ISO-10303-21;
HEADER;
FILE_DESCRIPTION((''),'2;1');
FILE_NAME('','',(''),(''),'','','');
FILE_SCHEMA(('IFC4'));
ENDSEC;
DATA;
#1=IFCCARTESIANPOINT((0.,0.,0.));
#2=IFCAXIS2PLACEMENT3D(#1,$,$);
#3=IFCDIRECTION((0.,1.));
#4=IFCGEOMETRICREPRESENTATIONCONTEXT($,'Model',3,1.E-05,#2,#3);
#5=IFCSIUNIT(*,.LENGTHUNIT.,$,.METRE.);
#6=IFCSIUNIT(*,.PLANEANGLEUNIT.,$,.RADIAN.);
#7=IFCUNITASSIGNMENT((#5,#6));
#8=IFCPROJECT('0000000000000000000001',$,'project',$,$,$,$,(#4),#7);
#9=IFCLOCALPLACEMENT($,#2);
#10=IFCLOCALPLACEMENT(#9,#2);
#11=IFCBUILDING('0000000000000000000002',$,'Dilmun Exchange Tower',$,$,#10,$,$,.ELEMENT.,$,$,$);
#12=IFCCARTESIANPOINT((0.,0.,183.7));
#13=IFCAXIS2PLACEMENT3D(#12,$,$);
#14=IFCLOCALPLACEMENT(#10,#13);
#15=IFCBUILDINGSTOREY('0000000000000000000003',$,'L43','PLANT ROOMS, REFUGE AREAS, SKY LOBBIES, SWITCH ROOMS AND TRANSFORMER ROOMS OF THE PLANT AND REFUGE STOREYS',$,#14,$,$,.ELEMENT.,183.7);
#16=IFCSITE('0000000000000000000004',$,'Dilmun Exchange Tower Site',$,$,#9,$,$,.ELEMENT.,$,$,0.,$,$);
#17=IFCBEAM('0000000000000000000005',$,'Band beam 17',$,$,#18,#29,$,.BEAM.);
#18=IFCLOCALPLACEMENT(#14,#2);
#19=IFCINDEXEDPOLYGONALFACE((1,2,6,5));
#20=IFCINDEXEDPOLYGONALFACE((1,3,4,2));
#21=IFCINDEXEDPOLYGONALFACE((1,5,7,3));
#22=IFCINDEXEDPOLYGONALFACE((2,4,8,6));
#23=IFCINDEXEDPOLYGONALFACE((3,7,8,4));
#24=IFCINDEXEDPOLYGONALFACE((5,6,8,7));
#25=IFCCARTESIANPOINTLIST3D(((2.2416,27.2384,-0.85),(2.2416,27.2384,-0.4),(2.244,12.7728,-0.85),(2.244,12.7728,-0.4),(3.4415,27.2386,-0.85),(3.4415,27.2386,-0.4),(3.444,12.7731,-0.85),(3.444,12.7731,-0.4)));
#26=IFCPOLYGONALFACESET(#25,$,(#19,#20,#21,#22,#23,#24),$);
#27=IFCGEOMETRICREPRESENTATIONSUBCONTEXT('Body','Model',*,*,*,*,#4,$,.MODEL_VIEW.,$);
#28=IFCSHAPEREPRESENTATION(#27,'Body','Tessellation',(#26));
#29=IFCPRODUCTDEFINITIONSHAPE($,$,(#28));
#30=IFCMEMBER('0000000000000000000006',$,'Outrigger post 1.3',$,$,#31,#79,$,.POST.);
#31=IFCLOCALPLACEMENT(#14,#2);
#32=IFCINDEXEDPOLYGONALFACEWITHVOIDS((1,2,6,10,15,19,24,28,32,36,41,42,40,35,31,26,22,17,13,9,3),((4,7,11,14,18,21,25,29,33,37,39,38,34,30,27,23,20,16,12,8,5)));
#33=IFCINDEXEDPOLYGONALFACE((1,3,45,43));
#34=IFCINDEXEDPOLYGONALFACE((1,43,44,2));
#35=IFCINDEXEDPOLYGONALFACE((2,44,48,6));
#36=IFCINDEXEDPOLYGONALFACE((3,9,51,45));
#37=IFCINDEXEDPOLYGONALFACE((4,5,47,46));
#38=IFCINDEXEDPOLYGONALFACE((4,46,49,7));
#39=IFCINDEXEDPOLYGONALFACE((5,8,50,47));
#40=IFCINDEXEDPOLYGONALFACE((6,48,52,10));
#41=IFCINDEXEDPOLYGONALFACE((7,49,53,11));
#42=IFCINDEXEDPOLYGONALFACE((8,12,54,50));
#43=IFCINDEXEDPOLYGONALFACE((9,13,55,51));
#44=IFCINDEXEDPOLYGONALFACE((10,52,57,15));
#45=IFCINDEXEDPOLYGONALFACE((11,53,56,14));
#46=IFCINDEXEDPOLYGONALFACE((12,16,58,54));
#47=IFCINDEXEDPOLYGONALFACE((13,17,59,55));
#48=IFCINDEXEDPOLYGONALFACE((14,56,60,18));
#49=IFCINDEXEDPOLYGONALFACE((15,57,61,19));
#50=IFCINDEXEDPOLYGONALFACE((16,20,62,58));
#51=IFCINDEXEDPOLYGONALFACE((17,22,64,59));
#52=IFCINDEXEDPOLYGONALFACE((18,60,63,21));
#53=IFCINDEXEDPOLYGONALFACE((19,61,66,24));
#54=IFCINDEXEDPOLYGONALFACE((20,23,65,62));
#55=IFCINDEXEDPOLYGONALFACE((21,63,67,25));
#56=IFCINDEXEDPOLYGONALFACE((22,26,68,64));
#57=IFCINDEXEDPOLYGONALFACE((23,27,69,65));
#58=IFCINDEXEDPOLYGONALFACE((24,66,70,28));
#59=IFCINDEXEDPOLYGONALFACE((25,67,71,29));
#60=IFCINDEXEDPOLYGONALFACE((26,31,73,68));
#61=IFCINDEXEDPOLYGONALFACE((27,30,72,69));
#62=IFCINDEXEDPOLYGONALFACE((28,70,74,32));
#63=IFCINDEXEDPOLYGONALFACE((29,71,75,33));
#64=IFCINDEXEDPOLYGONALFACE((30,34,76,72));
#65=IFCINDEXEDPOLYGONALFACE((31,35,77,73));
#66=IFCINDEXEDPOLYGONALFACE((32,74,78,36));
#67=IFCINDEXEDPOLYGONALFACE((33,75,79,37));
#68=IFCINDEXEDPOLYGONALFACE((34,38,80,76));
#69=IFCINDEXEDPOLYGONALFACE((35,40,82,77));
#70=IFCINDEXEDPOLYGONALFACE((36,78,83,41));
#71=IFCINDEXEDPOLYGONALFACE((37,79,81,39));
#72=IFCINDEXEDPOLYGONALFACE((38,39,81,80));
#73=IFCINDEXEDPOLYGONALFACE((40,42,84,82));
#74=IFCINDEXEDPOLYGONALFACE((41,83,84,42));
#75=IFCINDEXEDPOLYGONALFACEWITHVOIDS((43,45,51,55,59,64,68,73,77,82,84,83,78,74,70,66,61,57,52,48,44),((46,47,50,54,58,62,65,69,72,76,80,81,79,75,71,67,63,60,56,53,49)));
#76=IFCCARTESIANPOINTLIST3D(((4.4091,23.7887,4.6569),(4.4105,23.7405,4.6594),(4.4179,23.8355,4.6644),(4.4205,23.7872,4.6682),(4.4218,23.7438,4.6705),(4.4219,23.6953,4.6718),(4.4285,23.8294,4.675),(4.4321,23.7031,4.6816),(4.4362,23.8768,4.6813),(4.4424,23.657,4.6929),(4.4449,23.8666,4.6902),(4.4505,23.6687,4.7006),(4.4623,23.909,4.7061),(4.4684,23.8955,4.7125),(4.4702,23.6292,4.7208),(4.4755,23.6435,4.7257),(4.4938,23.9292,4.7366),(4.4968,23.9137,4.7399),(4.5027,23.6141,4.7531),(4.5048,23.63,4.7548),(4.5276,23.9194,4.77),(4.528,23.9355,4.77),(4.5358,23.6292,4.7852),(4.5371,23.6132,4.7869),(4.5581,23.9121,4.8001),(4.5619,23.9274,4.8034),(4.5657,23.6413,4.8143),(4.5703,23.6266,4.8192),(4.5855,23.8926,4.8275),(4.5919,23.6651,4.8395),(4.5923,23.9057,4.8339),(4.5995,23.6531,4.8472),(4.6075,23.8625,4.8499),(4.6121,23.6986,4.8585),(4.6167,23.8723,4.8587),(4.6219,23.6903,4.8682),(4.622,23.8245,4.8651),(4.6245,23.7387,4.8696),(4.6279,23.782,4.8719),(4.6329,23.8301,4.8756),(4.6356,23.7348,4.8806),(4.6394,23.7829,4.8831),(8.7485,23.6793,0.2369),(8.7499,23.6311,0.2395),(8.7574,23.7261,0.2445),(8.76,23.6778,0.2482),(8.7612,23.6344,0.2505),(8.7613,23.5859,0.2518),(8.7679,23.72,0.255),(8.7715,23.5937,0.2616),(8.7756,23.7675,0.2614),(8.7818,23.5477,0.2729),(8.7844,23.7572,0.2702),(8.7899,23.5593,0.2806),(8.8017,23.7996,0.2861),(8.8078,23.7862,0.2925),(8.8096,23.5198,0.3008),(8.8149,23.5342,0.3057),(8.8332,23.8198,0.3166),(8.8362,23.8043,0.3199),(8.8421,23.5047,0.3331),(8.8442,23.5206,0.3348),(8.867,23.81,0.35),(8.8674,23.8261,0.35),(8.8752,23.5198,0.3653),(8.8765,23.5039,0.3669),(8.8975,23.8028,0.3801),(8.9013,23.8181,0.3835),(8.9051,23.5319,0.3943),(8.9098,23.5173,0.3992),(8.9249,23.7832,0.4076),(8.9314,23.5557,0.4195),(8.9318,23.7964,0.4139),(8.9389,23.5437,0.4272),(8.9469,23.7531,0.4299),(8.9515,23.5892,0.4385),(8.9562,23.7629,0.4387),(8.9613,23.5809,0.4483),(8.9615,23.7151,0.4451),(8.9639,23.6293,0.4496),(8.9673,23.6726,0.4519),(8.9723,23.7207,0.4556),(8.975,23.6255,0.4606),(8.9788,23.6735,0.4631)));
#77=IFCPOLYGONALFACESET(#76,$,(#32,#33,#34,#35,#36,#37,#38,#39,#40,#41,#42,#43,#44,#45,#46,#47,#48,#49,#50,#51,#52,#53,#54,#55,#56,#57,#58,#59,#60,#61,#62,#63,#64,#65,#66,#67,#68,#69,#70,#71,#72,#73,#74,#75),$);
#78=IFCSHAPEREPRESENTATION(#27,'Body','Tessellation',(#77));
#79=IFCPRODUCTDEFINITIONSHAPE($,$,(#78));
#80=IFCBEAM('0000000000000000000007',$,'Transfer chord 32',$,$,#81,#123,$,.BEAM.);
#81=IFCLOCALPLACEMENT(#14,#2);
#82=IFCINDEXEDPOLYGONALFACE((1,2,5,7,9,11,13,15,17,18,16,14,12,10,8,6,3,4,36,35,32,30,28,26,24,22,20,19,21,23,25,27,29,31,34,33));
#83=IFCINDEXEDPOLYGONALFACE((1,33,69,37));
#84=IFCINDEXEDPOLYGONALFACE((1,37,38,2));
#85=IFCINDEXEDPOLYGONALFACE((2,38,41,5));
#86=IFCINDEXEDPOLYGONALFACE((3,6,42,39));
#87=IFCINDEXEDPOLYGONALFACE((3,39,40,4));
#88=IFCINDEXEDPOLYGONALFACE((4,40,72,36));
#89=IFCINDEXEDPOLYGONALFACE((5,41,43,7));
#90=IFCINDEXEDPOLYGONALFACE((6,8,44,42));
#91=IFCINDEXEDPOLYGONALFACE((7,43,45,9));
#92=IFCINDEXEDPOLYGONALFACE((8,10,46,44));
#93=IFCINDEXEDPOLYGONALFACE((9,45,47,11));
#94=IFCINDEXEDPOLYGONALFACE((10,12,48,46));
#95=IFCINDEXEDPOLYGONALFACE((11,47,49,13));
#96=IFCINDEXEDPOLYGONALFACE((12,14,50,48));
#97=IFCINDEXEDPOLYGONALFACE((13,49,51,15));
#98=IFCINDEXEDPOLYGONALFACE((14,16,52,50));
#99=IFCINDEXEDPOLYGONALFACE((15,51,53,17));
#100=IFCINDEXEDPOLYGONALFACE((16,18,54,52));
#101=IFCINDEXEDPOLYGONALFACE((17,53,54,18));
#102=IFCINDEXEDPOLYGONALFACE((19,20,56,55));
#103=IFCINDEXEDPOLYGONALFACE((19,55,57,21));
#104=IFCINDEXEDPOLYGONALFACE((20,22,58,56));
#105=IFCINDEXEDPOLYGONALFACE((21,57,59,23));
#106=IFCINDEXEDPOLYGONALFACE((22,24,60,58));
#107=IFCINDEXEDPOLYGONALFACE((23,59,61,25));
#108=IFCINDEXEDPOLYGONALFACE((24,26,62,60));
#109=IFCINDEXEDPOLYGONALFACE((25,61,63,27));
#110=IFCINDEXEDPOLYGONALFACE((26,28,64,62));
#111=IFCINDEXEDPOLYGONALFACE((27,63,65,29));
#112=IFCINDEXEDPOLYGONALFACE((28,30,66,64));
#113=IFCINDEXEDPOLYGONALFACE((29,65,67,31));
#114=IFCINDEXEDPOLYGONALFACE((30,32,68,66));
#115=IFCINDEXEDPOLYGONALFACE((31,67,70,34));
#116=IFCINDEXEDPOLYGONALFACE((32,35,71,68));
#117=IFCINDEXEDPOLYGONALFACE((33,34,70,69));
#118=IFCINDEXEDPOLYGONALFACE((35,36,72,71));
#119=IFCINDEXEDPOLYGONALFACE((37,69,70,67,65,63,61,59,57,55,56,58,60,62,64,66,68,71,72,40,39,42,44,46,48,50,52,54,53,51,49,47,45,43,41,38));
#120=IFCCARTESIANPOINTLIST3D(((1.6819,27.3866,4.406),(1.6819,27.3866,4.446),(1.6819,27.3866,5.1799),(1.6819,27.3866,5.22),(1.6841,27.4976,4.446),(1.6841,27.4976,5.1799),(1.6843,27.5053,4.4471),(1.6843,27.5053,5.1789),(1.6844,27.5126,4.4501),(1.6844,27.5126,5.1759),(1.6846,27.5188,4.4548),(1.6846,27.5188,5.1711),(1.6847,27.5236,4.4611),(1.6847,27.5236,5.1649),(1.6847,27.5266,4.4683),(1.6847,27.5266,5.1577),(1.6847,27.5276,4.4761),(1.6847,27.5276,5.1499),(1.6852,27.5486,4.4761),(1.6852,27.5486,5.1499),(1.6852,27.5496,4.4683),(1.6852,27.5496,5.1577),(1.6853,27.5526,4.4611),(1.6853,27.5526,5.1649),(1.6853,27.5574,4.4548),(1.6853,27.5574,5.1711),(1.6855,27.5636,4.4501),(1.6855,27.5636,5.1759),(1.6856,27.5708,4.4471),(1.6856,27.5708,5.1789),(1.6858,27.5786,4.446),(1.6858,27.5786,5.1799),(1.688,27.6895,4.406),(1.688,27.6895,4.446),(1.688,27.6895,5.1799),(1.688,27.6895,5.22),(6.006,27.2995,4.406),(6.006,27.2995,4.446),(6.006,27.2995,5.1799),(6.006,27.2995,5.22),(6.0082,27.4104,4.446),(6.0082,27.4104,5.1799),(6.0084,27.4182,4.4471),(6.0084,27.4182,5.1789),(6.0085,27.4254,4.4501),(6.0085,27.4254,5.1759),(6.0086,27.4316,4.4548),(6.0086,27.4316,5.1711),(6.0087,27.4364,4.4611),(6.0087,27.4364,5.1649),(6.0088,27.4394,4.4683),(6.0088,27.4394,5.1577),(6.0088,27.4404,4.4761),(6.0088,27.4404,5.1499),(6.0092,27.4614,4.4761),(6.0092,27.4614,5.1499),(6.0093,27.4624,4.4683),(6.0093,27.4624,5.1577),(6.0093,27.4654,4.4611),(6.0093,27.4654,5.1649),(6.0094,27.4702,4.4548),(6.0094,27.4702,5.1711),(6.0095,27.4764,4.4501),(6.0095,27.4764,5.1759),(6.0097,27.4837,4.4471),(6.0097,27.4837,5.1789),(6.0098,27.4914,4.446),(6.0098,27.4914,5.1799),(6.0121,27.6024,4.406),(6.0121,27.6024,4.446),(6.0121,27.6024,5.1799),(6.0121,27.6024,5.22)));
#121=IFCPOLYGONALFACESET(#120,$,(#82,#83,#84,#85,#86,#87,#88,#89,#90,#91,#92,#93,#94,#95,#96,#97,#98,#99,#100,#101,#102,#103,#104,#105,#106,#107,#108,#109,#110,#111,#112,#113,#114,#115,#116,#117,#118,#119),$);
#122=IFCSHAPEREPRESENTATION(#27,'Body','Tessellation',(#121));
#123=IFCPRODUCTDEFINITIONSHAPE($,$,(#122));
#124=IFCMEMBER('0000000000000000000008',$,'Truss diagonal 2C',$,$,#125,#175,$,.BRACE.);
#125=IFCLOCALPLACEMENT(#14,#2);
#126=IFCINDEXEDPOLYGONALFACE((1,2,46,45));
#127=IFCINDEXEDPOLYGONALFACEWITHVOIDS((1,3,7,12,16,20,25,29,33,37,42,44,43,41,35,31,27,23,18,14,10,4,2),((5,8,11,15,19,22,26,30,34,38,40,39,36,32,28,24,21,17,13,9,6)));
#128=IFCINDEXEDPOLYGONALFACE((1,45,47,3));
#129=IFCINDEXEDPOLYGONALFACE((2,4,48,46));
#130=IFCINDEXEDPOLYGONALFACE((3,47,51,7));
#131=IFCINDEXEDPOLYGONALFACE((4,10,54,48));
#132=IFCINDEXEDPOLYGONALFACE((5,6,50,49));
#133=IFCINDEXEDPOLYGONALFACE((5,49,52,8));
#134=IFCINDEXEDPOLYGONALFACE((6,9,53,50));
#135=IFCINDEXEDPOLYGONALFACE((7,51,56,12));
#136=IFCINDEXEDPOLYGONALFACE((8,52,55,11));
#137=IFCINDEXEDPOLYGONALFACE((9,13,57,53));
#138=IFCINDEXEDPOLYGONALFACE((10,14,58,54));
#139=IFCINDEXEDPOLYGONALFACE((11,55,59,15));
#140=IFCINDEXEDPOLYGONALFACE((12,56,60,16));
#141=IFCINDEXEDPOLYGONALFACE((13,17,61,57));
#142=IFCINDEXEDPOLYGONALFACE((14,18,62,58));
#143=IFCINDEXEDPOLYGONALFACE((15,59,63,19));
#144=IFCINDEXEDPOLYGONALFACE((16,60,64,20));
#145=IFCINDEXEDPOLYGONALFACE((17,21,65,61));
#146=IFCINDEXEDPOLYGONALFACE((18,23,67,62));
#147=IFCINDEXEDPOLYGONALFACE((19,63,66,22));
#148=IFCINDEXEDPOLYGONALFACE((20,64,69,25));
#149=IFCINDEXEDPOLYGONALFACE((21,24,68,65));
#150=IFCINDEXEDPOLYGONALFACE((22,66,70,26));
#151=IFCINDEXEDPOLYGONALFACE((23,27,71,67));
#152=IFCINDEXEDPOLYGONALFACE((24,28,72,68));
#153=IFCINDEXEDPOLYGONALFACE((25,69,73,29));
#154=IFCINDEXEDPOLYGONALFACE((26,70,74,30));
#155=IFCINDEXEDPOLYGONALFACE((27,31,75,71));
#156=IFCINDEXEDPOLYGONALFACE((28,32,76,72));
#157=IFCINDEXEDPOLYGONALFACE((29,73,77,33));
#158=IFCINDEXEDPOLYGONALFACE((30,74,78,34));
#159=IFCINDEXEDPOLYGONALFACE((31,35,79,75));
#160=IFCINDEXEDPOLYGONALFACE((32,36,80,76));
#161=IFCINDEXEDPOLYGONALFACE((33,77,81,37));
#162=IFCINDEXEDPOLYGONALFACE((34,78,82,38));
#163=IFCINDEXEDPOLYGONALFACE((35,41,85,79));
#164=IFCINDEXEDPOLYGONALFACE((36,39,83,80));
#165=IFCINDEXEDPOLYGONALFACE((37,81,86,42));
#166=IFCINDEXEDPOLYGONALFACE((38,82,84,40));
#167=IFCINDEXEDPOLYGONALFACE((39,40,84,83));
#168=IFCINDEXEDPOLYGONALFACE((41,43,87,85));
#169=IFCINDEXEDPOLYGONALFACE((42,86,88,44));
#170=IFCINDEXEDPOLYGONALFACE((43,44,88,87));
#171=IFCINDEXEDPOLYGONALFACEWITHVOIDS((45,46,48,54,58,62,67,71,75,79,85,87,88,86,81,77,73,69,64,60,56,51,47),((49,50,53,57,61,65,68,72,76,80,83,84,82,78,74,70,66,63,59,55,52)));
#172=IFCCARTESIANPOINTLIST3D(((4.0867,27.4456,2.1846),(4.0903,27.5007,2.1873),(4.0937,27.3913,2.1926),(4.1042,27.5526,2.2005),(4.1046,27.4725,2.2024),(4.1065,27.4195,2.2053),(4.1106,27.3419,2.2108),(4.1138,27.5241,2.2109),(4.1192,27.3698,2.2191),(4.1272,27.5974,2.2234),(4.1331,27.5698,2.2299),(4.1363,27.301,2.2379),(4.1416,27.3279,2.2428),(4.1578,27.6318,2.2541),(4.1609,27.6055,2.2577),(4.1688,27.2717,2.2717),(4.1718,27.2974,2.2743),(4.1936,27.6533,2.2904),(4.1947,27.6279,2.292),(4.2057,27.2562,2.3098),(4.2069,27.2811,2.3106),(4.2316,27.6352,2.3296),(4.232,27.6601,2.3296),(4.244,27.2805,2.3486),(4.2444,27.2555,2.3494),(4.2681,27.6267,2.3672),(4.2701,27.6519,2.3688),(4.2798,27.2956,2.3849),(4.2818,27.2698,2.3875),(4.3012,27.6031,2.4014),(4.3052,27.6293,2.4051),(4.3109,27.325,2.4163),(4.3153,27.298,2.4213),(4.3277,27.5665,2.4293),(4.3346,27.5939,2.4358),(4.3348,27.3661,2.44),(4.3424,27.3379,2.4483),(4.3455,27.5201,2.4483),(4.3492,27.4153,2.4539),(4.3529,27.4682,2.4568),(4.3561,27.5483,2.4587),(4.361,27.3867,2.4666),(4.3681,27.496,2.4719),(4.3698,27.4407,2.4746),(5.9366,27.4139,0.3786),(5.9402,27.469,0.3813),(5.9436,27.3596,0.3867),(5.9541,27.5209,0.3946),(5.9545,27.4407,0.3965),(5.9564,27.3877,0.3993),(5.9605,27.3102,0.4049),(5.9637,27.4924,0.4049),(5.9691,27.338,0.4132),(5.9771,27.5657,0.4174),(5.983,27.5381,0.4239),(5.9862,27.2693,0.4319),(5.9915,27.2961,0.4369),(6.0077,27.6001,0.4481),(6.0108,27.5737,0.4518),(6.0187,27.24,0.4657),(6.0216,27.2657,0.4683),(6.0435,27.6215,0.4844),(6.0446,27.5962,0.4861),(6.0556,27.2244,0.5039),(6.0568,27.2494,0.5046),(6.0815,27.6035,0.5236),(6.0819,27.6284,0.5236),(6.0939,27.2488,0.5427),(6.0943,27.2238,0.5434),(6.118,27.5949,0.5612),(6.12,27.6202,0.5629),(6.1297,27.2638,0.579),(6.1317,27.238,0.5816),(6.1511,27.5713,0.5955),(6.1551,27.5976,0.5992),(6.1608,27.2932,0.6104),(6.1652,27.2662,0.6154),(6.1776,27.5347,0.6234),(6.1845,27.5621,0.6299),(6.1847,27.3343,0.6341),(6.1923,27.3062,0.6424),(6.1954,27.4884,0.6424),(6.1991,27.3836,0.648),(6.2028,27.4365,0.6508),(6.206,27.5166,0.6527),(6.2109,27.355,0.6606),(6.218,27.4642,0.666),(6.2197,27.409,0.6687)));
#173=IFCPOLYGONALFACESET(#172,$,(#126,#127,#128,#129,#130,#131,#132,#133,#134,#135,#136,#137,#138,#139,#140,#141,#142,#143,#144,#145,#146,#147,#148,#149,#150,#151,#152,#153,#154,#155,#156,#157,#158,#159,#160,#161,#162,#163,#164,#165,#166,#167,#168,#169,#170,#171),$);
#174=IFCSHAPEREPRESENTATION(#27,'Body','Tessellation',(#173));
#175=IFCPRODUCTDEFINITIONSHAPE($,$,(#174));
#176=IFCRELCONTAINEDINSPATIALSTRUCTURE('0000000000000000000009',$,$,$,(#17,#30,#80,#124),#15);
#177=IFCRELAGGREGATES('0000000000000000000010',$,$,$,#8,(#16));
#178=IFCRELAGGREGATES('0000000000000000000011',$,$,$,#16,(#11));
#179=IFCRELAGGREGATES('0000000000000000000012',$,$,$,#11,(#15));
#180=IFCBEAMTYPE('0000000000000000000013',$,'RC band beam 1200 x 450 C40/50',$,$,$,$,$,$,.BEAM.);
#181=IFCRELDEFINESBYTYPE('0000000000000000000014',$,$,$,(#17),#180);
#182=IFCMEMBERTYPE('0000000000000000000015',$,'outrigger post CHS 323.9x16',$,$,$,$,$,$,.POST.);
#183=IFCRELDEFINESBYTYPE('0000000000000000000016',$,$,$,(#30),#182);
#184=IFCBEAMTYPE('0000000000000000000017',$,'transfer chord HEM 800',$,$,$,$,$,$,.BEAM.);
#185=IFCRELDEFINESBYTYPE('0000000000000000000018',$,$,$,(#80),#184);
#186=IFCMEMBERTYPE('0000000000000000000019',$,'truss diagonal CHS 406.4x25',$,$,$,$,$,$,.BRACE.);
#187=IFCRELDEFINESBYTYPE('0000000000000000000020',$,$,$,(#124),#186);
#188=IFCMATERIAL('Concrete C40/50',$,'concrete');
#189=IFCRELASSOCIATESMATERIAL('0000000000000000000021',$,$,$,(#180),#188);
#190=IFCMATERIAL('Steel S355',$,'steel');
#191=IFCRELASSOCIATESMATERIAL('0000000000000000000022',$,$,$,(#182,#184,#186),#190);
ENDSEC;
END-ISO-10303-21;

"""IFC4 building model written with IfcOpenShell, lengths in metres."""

from ifc_helpers import new_model, si_unit, direction, frame, origin, origin_2d, place, context, subcontext, project, spatial, rectangle, hollow_circle, i_section, extrude, material, material_profile, profile_set, type_object, element, save


model = new_model("IFC4")

# Units and contexts
model_context = context("Model", 3, precision=1e-05, world=origin(), true_north=direction((0.0, 1.0)))
body_context = subcontext(model_context, "Body", "Model", "MODEL_VIEW")
ifc_project = project(units=[si_unit("LENGTHUNIT", "METRE"), si_unit("PLANEANGLEUNIT", "RADIAN")], contexts=[model_context])

# Site, building, storey
site_placement = place(None, origin())
site = spatial("IfcSite", under=ifc_project, at=site_placement, Name="Dilmun Exchange Tower Site", CompositionType="ELEMENT", RefElevation=0.0)
building_placement = place(site_placement, origin())
building = spatial("IfcBuilding", under=site, at=building_placement, Name="Dilmun Exchange Tower", CompositionType="ELEMENT")
storey_placement = place(building_placement, frame((0.0, 0.0, 183.7)))
storey = spatial("IfcBuildingStorey", under=building, at=storey_placement, Name="L43", Description="PLANT ROOMS, REFUGE AREAS, SKY LOBBIES, SWITCH ROOMS AND TRANSFORMER ROOMS OF THE PLANT AND REFUGE STOREYS", CompositionType="ELEMENT", Elevation=183.7)

# Beam
ifc_material_1 = material(Name="Concrete C40/50", Category="concrete")
ifc_material_profile_1 = material_profile(ifc_material_1, rectangle(XDim=1.2, YDim=0.45, at=origin_2d()), Name="1200 x 450")
ifc_profile_set_1 = profile_set([ifc_material_profile_1], Name="Concrete C40/50")
beam_type_1 = type_object("IfcBeamType", Name="RC band beam 1200 x 450 C40/50", PredefinedType="BEAM", material=ifc_profile_set_1)
beam_1_placement = place(storey_placement, frame((2.8416, 27.2385, -0.625), z_axis=(0.000169, -1.0, 0.0), x_axis=(1.0, 0.000169, 0.0)))
element("IfcBeam", 1, at=beam_1_placement, inside=storey, type_object=beam_type_1, Name="Band beam 17", PredefinedType="BEAM", context=body_context, shape_type="SweptSolid", body=[
    extrude(rectangle(XDim=1.2, YDim=0.45, at=origin_2d()), origin(), (0.0, 0.0, 1.0), 14.4656),
])

# Member
ifc_material_2 = material(Name="Steel S355", Category="steel")
ifc_material_profile_2 = material_profile(ifc_material_2, hollow_circle(Radius=0.1619, WallThickness=0.0161, at=origin_2d()), Name="CHS 323.9x16")
ifc_profile_set_2 = profile_set([ifc_material_profile_2], Name="Steel S355")
member_type_1 = type_object("IfcMemberType", Name="outrigger post CHS 323.9x16", PredefinedType="POST", material=ifc_profile_set_2)
member_1_placement = place(storey_placement, frame((4.5239, 23.7737, 4.77), z_axis=(0.700464, -0.017655, -0.713469), x_axis=(0.025197, 0.999682, 0.0)))
element("IfcMember", 2, at=member_1_placement, inside=storey, type_object=member_type_1, Name="Outrigger post 1.3", PredefinedType="POST", context=body_context, shape_type="SweptSolid", body=[
    extrude(hollow_circle(Radius=0.1619, WallThickness=0.0161, at=origin_2d()), origin(), (0.0, 0.0, 1.0), 6.1951),
])

# Beam
ifc_material_profile_3 = material_profile(ifc_material_2, i_section(OverallWidth=0.303, OverallDepth=0.814, WebThickness=0.021, FlangeThickness=0.04, FilletRadius=0.03, at=origin_2d()), Name="HEM 800")
ifc_profile_set_3 = profile_set([ifc_material_profile_3], Name="Steel S355")
beam_type_2 = type_object("IfcBeamType", Name="transfer chord HEM 800", PredefinedType="BEAM", material=ifc_profile_set_3)
beam_2_placement = place(storey_placement, frame((6.009, 27.4509, 4.813), z_axis=(-0.999797, 0.020153, 0.0), x_axis=(-0.020153, -0.999797, 0.0)))
element("IfcBeam", 3, at=beam_2_placement, inside=storey, type_object=beam_type_2, Name="Transfer chord 32", PredefinedType="BEAM", context=body_context, shape_type="SweptSolid", body=[
    extrude(i_section(OverallWidth=0.303, OverallDepth=0.814, WebThickness=0.021, FlangeThickness=0.04, FilletRadius=0.03, at=origin_2d()), origin(), (0.0, 0.0, 1.0), 4.325),
])

# Member
ifc_material_profile_4 = material_profile(ifc_material_2, hollow_circle(Radius=0.2031, WallThickness=0.0249, at=origin_2d()), Name="CHS 406.4x25")
ifc_profile_set_4 = profile_set([ifc_material_profile_4], Name="Steel S355")
member_type_2 = type_object("IfcMemberType", Name="truss diagonal CHS 406.4x25", PredefinedType="BRACE", material=ifc_profile_set_4)
member_2_placement = place(storey_placement, frame((4.2285, 27.457, 2.3296), z_axis=(0.715501, -0.012276, -0.698504), x_axis=(0.017155, 0.999853, 0.0)))
element("IfcMember", 4, at=member_2_placement, inside=storey, type_object=member_type_2, Name="Truss diagonal 2C", PredefinedType="BRACE", context=body_context, shape_type="SweptSolid", body=[
    extrude(hollow_circle(Radius=0.2031, WallThickness=0.0249, at=origin_2d()), origin(), (0.0, 0.0, 1.0), 2.5854),
])

save(model, "model.ifc")
